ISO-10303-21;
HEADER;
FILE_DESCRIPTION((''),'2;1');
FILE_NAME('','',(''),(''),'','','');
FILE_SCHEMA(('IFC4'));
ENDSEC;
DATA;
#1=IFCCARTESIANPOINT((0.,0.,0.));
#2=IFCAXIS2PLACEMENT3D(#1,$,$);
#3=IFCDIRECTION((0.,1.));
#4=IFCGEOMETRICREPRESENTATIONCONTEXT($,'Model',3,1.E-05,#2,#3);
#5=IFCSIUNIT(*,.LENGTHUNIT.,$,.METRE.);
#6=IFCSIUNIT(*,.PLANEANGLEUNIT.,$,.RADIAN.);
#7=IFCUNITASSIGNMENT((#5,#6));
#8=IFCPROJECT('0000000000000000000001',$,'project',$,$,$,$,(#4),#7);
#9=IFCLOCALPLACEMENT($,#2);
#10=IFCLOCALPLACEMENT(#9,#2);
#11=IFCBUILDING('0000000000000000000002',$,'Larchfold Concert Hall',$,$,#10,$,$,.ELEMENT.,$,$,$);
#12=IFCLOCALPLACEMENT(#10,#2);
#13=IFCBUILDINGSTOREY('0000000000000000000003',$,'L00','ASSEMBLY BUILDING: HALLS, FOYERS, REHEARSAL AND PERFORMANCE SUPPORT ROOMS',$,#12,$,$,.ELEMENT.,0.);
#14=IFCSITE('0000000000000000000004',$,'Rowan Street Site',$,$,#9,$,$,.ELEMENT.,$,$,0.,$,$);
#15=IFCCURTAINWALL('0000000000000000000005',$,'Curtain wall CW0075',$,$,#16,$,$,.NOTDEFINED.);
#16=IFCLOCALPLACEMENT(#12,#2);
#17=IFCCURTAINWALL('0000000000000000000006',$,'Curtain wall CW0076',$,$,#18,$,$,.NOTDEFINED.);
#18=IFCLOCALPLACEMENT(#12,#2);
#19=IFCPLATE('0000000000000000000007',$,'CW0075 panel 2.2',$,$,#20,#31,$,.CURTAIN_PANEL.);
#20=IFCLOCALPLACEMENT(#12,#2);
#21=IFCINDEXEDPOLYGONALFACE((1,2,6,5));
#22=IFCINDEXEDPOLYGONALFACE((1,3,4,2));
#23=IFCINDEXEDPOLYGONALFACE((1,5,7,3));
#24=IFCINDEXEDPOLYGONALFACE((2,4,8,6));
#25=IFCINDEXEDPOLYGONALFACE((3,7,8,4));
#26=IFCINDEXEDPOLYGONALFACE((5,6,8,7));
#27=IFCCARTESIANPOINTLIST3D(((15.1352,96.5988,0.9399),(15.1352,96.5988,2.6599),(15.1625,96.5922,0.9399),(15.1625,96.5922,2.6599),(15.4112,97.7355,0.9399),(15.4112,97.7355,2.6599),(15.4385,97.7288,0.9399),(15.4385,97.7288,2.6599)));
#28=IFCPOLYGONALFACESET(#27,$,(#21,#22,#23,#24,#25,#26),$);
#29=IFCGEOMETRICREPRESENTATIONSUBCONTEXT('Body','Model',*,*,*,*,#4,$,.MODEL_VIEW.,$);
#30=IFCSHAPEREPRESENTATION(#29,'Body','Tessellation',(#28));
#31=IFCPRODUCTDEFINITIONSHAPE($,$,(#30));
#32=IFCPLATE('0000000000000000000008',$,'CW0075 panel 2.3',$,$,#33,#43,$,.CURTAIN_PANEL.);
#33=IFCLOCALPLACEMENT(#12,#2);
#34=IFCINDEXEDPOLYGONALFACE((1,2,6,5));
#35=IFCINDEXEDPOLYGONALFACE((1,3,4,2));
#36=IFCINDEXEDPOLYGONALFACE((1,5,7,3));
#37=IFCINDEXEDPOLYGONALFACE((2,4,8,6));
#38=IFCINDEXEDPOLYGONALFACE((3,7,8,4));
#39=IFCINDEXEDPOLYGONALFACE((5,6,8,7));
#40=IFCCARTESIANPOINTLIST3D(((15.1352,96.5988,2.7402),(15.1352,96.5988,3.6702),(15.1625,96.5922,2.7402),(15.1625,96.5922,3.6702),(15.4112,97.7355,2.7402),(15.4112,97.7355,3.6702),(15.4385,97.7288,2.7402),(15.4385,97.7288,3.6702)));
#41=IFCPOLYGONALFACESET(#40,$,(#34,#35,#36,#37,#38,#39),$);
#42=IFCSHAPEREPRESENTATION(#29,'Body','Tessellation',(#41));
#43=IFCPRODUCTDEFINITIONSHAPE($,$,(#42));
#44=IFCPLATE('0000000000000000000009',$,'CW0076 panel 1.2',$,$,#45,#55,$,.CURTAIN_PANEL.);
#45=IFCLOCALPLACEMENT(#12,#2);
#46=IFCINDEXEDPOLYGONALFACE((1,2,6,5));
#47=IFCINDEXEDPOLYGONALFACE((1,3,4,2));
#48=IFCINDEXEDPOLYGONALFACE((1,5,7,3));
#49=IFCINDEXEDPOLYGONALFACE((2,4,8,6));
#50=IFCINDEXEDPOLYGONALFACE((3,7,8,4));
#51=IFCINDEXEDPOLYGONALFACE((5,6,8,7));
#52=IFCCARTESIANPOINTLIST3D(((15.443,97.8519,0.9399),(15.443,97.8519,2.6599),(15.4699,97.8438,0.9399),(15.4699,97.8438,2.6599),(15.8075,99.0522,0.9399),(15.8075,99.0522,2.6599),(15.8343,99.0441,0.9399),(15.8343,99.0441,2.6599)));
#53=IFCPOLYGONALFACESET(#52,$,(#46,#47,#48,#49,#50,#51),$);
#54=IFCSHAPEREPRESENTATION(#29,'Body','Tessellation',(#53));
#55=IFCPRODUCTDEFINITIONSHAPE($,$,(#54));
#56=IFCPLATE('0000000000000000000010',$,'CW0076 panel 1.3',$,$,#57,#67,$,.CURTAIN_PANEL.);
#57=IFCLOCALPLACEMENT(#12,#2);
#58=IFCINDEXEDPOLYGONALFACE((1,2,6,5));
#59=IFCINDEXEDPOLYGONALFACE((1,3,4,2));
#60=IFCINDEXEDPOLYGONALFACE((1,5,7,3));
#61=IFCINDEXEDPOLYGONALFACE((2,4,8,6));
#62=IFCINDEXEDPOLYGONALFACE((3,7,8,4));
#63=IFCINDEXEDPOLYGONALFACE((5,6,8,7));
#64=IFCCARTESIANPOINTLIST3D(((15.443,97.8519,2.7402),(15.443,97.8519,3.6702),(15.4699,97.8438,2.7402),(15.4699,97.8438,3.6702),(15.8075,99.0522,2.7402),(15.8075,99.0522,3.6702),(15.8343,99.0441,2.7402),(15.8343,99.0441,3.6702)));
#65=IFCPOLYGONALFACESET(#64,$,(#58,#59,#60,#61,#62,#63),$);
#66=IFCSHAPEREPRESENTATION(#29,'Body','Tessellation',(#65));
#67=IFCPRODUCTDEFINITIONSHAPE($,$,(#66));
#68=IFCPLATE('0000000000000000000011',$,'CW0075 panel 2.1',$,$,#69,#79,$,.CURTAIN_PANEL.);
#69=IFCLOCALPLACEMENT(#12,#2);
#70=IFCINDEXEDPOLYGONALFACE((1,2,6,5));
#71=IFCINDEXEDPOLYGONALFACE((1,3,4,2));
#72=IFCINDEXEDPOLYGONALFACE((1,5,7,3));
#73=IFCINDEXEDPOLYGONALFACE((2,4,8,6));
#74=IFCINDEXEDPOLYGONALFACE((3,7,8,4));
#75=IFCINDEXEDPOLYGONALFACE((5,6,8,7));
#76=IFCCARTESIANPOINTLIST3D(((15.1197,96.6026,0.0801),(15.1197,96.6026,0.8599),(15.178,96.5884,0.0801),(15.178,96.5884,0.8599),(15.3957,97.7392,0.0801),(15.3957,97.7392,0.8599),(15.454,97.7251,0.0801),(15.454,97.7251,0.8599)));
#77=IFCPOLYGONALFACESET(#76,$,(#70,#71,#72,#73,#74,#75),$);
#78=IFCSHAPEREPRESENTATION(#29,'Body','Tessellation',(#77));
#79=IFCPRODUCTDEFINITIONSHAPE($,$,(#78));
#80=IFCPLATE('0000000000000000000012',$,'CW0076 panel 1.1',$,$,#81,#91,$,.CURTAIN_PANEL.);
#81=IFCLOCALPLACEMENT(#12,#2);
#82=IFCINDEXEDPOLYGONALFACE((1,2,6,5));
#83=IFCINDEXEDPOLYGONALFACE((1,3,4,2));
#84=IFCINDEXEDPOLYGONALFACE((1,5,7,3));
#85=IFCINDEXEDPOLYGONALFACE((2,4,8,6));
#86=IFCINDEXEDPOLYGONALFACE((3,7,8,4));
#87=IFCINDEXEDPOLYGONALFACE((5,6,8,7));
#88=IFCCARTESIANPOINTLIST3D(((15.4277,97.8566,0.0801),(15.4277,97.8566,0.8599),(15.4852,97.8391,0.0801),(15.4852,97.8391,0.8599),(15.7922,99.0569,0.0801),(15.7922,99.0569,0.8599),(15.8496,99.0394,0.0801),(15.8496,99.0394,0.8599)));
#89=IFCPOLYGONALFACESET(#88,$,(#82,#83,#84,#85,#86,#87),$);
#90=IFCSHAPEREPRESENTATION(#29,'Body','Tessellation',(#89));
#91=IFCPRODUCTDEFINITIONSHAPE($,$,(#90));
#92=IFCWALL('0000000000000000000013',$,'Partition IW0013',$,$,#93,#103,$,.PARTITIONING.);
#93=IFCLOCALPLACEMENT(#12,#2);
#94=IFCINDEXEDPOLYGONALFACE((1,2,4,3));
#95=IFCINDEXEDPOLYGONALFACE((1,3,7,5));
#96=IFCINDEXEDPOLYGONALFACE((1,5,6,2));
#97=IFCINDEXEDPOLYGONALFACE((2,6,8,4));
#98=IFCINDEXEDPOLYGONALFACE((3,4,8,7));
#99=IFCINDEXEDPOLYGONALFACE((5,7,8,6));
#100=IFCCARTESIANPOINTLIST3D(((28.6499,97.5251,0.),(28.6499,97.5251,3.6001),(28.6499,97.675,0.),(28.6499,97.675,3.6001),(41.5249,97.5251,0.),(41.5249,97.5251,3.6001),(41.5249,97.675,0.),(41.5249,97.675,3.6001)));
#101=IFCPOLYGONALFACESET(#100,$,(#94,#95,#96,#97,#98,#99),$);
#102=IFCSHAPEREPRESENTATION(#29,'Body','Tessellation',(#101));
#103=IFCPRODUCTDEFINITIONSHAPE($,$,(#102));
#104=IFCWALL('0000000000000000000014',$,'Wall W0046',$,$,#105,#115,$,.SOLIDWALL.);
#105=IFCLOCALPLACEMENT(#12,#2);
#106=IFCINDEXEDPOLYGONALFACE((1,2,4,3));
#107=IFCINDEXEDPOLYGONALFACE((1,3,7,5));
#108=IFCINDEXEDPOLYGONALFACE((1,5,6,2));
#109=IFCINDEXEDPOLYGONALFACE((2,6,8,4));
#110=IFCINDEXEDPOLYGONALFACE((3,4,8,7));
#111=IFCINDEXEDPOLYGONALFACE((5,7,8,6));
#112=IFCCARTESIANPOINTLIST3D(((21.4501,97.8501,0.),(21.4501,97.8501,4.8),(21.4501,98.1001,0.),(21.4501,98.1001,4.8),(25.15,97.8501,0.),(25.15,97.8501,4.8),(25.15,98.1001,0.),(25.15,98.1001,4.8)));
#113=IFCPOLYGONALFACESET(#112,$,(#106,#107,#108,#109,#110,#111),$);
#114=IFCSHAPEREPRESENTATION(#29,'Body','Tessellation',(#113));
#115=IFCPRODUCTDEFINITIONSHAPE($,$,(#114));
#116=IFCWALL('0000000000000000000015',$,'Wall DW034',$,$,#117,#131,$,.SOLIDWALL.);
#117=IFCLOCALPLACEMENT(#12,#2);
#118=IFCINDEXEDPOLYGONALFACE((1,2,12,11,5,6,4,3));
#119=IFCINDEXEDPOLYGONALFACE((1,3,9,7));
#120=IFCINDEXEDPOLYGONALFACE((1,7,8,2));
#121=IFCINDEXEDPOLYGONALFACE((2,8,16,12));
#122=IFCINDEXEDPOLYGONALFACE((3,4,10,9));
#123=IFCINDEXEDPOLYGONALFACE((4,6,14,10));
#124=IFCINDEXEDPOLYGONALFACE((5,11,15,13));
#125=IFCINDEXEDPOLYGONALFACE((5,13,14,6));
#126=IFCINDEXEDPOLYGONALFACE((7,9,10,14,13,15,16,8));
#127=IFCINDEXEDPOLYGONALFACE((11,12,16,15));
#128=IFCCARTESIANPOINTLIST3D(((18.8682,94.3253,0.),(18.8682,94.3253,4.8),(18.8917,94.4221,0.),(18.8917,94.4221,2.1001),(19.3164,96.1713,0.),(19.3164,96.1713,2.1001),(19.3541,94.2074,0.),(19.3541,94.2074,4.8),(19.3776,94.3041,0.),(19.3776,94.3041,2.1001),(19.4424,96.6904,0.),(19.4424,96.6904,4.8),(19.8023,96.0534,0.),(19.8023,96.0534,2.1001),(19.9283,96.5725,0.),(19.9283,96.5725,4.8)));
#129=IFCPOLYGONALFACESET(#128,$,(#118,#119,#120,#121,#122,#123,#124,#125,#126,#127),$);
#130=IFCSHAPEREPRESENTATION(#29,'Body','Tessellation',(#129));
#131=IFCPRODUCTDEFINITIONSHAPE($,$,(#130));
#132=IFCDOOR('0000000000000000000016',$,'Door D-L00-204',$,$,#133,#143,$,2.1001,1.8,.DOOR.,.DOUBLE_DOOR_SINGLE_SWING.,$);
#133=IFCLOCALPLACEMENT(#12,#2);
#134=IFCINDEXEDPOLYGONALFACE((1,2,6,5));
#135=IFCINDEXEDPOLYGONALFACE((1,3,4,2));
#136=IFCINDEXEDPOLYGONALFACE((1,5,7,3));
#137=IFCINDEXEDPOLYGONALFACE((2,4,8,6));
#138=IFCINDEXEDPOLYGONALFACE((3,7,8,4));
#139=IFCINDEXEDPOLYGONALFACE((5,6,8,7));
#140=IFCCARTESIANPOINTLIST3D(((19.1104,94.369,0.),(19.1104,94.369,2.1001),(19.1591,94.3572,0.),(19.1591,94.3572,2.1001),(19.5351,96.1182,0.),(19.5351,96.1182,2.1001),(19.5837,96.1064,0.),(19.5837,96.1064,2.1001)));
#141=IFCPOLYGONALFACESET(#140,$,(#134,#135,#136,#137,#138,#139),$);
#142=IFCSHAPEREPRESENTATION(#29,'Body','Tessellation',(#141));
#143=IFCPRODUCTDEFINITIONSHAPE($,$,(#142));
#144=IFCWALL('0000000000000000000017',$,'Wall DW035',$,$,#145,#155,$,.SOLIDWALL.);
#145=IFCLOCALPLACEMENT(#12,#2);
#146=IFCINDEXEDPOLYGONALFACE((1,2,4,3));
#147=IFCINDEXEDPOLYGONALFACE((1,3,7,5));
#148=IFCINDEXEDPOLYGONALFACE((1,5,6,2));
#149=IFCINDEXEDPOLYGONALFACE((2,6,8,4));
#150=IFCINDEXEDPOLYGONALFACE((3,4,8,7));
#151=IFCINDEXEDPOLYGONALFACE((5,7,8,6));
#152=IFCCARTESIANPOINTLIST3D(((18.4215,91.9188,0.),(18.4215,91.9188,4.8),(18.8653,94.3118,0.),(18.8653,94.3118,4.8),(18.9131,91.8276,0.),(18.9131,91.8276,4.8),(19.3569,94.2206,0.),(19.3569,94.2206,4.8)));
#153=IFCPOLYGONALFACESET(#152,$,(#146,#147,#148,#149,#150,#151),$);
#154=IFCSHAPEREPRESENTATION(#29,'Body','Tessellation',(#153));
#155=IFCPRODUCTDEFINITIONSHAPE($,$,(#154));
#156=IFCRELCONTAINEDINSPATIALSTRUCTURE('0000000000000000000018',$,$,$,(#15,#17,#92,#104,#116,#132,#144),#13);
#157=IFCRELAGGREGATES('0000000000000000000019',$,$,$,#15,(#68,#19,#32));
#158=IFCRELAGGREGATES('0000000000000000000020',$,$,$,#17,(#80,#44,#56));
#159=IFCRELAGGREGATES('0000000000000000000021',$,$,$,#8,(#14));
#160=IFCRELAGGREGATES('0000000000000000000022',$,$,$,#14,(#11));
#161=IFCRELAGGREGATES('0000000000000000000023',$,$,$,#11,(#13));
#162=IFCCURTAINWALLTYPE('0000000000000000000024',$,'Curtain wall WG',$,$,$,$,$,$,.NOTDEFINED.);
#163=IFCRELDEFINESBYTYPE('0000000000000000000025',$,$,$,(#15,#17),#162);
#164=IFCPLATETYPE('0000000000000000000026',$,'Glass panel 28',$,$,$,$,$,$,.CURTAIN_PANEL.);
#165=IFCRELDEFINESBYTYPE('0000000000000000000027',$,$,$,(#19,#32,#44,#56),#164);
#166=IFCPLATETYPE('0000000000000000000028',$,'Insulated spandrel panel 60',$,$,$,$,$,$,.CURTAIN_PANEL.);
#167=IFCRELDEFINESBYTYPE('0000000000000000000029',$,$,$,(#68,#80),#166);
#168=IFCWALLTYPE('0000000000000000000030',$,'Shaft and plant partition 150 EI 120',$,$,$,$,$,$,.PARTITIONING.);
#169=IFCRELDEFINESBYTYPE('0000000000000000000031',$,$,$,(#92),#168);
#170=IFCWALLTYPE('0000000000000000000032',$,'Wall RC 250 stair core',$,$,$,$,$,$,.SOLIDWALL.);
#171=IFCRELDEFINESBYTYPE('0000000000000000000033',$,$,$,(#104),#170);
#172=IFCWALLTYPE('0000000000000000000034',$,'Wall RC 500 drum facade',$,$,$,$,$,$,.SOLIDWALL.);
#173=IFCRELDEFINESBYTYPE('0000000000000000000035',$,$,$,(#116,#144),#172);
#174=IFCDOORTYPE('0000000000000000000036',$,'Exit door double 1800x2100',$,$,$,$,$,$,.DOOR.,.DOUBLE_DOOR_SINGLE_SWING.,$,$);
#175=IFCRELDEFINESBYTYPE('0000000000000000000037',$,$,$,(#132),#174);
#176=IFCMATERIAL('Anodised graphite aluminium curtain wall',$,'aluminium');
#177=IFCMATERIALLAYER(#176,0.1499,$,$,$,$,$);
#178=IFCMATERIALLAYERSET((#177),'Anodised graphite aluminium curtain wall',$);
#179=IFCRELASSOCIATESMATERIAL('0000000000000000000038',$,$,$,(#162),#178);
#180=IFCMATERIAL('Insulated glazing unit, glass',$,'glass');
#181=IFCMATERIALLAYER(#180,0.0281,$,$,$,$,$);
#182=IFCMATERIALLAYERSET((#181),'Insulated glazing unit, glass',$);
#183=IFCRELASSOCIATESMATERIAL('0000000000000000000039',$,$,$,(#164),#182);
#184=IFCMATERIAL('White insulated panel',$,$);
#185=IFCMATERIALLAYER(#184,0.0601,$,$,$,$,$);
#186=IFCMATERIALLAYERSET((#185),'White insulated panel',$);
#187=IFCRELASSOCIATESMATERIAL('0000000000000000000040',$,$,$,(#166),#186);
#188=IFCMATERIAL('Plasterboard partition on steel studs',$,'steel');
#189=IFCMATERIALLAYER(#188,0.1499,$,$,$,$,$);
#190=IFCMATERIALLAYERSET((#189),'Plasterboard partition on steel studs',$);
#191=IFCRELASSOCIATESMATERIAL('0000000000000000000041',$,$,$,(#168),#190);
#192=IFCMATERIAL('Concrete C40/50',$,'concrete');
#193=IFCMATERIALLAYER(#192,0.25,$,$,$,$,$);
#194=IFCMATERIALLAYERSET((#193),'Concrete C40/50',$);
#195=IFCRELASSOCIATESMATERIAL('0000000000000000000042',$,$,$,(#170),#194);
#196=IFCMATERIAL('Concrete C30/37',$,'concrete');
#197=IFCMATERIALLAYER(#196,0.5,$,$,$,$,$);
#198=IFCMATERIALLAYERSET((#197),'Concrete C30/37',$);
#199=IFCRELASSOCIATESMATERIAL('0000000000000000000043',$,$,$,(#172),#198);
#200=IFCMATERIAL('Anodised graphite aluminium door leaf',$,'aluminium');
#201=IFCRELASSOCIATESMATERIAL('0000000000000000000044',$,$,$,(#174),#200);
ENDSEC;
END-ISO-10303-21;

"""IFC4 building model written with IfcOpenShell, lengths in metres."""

from ifc_helpers import new_model, si_unit, direction, frame, frame_2d, origin, origin_2d, place, context, subcontext, project, spatial, rectangle, extrude, material, layer, layer_set, type_object, element, fill, aggregate, save


model = new_model("IFC4")

# Units and contexts
model_context = context("Model", 3, precision=1e-05, world=origin(), true_north=direction((0.0, 1.0)))
body_context = subcontext(model_context, "Body", "Model", "MODEL_VIEW")
ifc_project = project(units=[si_unit("LENGTHUNIT", "METRE"), si_unit("PLANEANGLEUNIT", "RADIAN")], contexts=[model_context])

# Site, building, storey
site_placement = place(None, origin())
site = spatial("IfcSite", under=ifc_project, at=site_placement, Name="Rowan Street Site", CompositionType="ELEMENT", RefElevation=0.0)
building_placement = place(site_placement, origin())
building = spatial("IfcBuilding", under=site, at=building_placement, Name="Larchfold Concert Hall", CompositionType="ELEMENT")
storey_placement = place(building_placement, origin())
storey = spatial("IfcBuildingStorey", under=building, at=storey_placement, Name="L00", Description="ASSEMBLY BUILDING: HALLS, FOYERS, REHEARSAL AND PERFORMANCE SUPPORT ROOMS", CompositionType="ELEMENT", Elevation=0.0)

# Curtain walls
ifc_material_1 = material(Name="Anodised graphite aluminium curtain wall", Category="aluminium")
ifc_layer_1 = layer(ifc_material_1, 0.1499)
ifc_layer_set_1 = layer_set([ifc_layer_1], Name="Anodised graphite aluminium curtain wall")
curtain_wall_type = type_object("IfcCurtainWallType", Name="Curtain wall WG", PredefinedType="NOTDEFINED", material=ifc_layer_set_1)
curtain_wall_1_placement = place(storey_placement, origin())
curtain_wall_1 = element("IfcCurtainWall", 1, at=curtain_wall_1_placement, inside=storey, type_object=curtain_wall_type, Name="Curtain wall CW0075", PredefinedType="NOTDEFINED")
curtain_wall_2_placement = place(storey_placement, origin())
curtain_wall_2 = element("IfcCurtainWall", 2, at=curtain_wall_2_placement, inside=storey, type_object=curtain_wall_type, Name="Curtain wall CW0076", PredefinedType="NOTDEFINED")

# Plates
ifc_material_2 = material(Name="Insulated glazing unit, glass", Category="glass")
ifc_layer_2 = layer(ifc_material_2, 0.0281)
ifc_layer_set_2 = layer_set([ifc_layer_2], Name="Insulated glazing unit, glass")
plate_type_1 = type_object("IfcPlateType", Name="Glass panel 28", PredefinedType="CURTAIN_PANEL", material=ifc_layer_set_2)
plate_1_placement = place(storey_placement, frame((15.2869, 97.1638, 0.9399), z_axis=(0.0, 0.0, 1.0), x_axis=(0.235963, 0.971762, 0.0)))
plate_1 = element("IfcPlate", 3, at=plate_1_placement, type_object=plate_type_1, Name="CW0075 panel 2.2", PredefinedType="CURTAIN_PANEL", context=body_context, shape_type="SweptSolid", body=[
    extrude(rectangle(XDim=1.1697, YDim=0.0281, at=origin_2d()), origin(), (0.0, 0.0, 1.0), 1.72),
])
plate_2_placement = place(storey_placement, frame((15.2869, 97.1638, 2.7402), z_axis=(0.0, 0.0, 1.0), x_axis=(0.235963, 0.971762, 0.0)))
plate_2 = element("IfcPlate", 4, at=plate_2_placement, type_object=plate_type_1, Name="CW0075 panel 2.3", PredefinedType="CURTAIN_PANEL", context=body_context, shape_type="SweptSolid", body=[
    extrude(rectangle(XDim=1.1697, YDim=0.0281, at=origin_2d()), origin(), (0.0, 0.0, 1.0), 0.9299),
])
plate_3_placement = place(storey_placement, frame((15.6387, 98.448, 0.9399), z_axis=(0.0, 0.0, 1.0), x_axis=(0.290562, 0.956856, 0.0)))
plate_3 = element("IfcPlate", 5, at=plate_3_placement, type_object=plate_type_1, Name="CW0076 panel 1.2", PredefinedType="CURTAIN_PANEL", context=body_context, shape_type="SweptSolid", body=[
    extrude(rectangle(XDim=1.2544, YDim=0.0281, at=origin_2d()), origin(), (0.0, 0.0, 1.0), 1.72),
])
plate_4_placement = place(storey_placement, frame((15.6387, 98.448, 2.7402), z_axis=(0.0, 0.0, 1.0), x_axis=(0.290562, 0.956856, 0.0)))
plate_4 = element("IfcPlate", 6, at=plate_4_placement, type_object=plate_type_1, Name="CW0076 panel 1.3", PredefinedType="CURTAIN_PANEL", context=body_context, shape_type="SweptSolid", body=[
    extrude(rectangle(XDim=1.2544, YDim=0.0281, at=origin_2d()), origin(), (0.0, 0.0, 1.0), 0.9299),
])
ifc_material_3 = material(Name="White insulated panel")
ifc_layer_3 = layer(ifc_material_3, 0.0601)
ifc_layer_set_3 = layer_set([ifc_layer_3], Name="White insulated panel")
plate_type_2 = type_object("IfcPlateType", Name="Insulated spandrel panel 60", PredefinedType="CURTAIN_PANEL", material=ifc_layer_set_3)
plate_5_placement = place(storey_placement, frame((15.2869, 97.1638, 0.0801), z_axis=(0.0, 0.0, 1.0), x_axis=(0.235963, 0.971762, 0.0)))
plate_5 = element("IfcPlate", 7, at=plate_5_placement, type_object=plate_type_2, Name="CW0075 panel 2.1", PredefinedType="CURTAIN_PANEL", context=body_context, shape_type="SweptSolid", body=[
    extrude(rectangle(XDim=1.1697, YDim=0.0601, at=origin_2d()), origin(), (0.0, 0.0, 1.0), 0.7798),
])
aggregate(curtain_wall_1, [plate_5, plate_1, plate_2])
plate_6_placement = place(storey_placement, frame((15.6387, 98.448, 0.0801), z_axis=(0.0, 0.0, 1.0), x_axis=(0.290562, 0.956856, 0.0)))
plate_6 = element("IfcPlate", 8, at=plate_6_placement, type_object=plate_type_2, Name="CW0076 panel 1.1", PredefinedType="CURTAIN_PANEL", context=body_context, shape_type="SweptSolid", body=[
    extrude(rectangle(XDim=1.2544, YDim=0.0601, at=origin_2d()), origin(), (0.0, 0.0, 1.0), 0.7798),
])
aggregate(curtain_wall_2, [plate_6, plate_3, plate_4])

# Walls
ifc_material_4 = material(Name="Plasterboard partition on steel studs", Category="steel")
ifc_layer_4 = layer(ifc_material_4, 0.1499)
ifc_layer_set_4 = layer_set([ifc_layer_4], Name="Plasterboard partition on steel studs")
wall_type_1 = type_object("IfcWallType", Name="Shaft and plant partition 150 EI 120", PredefinedType="PARTITIONING", material=ifc_layer_set_4)
wall_1_placement = place(storey_placement, frame((28.6499, 97.6001, 0.0), z_axis=(0.0, 0.0, 1.0), x_axis=(1.0, 0.0, 0.0)))
element("IfcWall", 9, at=wall_1_placement, inside=storey, type_object=wall_type_1, Name="Partition IW0013", PredefinedType="PARTITIONING", context=body_context, shape_type="SweptSolid", body=[
    extrude(rectangle(XDim=12.875, YDim=0.1499, at=frame_2d((6.4375, 0.0))), origin(), (0.0, 0.0, 1.0), 3.6001),
])
ifc_material_5 = material(Name="Concrete C40/50", Category="concrete")
ifc_layer_5 = layer(ifc_material_5, 0.25)
ifc_layer_set_5 = layer_set([ifc_layer_5], Name="Concrete C40/50")
wall_type_2 = type_object("IfcWallType", Name="Wall RC 250 stair core", PredefinedType="SOLIDWALL", material=ifc_layer_set_5)
wall_2_placement = place(storey_placement, frame((21.45, 97.9751, 0.0), z_axis=(0.0, 0.0, 1.0), x_axis=(1.0, 0.0, 0.0)))
element("IfcWall", 10, at=wall_2_placement, inside=storey, type_object=wall_type_2, Name="Wall W0046", PredefinedType="SOLIDWALL", context=body_context, shape_type="SweptSolid", body=[
    extrude(rectangle(XDim=3.7, YDim=0.25, at=frame_2d((1.8501, 0.0))), origin(), (0.0, 0.0, 1.0), 4.8),
])

# Wall, opening, door
ifc_material_6 = material(Name="Concrete C30/37", Category="concrete")
ifc_layer_6 = layer(ifc_material_6, 0.5)
ifc_layer_set_6 = layer_set([ifc_layer_6], Name="Concrete C30/37")
wall_type_3 = type_object("IfcWallType", Name="Wall RC 500 drum facade", PredefinedType="SOLIDWALL", material=ifc_layer_set_6)
wall_3_placement = place(storey_placement, frame((19.6853, 96.6313, 0.0), z_axis=(0.0, 0.0, 1.0), x_axis=(-0.235922, -0.971772, 0.0)))
wall_3 = element("IfcWall", 11, at=wall_3_placement, inside=storey, type_object=wall_type_3, Name="Wall DW034", PredefinedType="SOLIDWALL", context=body_context, shape_type="SweptSolid", body=[
    extrude(rectangle(XDim=2.4338, YDim=0.5, at=frame_2d((1.2168, 0.0))), origin(), (0.0, 0.0, 1.0), 4.8),
])
opening_placement = place(wall_3_placement, frame((2.334, 0.0, 0.0), z_axis=(0.0, 0.0, 1.0), x_axis=(-1.0, 0.0, 0.0)))
opening = element("IfcOpeningElement", 12, at=opening_placement, cuts=wall_3, PredefinedType="OPENING", context=body_context, shape_type="SweptSolid", body=[
    extrude(rectangle(XDim=1.8, YDim=2.1001, at=frame_2d((0.8999, 1.05))), frame((0.0, 0.26, 0.0), z_axis=(0.0, -1.0, 0.0), x_axis=(1.0, 0.0, 0.0)), (0.0, 0.0, 1.0), 0.52),
])
ifc_material_7 = material(Name="Anodised graphite aluminium door leaf", Category="aluminium")
door_type = type_object("IfcDoorType", Name="Exit door double 1800x2100", OperationType="DOUBLE_DOOR_SINGLE_SWING", PredefinedType="DOOR", material=ifc_material_7)
door_placement = place(opening_placement, origin())
door = element("IfcDoor", 13, at=door_placement, inside=storey, type_object=door_type, Name="Door D-L00-204", OperationType="DOUBLE_DOOR_SINGLE_SWING", OverallHeight=2.1001, OverallWidth=1.8, PredefinedType="DOOR", context=body_context, shape_type="SweptSolid", body=[
    extrude(rectangle(XDim=1.8, YDim=2.1001, at=frame_2d((0.8999, 1.05))), frame((0.0, 0.0249, 0.0), z_axis=(0.0, -1.0, 0.0), x_axis=(1.0, 0.0, 0.0)), (0.0, 0.0, 1.0), 0.05),
])
fill(opening, door)

# Wall
wall_4_placement = place(storey_placement, frame((19.1111, 94.2661, 0.0), z_axis=(0.0, 0.0, 1.0), x_axis=(-0.182362, -0.983231, 0.0)))
element("IfcWall", 14, at=wall_4_placement, inside=storey, type_object=wall_type_3, Name="Wall DW035", PredefinedType="SOLIDWALL", context=body_context, shape_type="SweptSolid", body=[
    extrude(rectangle(XDim=2.4338, YDim=0.5, at=frame_2d((1.2168, 0.0))), origin(), (0.0, 0.0, 1.0), 4.8),
])

save(model, "model.ifc")
